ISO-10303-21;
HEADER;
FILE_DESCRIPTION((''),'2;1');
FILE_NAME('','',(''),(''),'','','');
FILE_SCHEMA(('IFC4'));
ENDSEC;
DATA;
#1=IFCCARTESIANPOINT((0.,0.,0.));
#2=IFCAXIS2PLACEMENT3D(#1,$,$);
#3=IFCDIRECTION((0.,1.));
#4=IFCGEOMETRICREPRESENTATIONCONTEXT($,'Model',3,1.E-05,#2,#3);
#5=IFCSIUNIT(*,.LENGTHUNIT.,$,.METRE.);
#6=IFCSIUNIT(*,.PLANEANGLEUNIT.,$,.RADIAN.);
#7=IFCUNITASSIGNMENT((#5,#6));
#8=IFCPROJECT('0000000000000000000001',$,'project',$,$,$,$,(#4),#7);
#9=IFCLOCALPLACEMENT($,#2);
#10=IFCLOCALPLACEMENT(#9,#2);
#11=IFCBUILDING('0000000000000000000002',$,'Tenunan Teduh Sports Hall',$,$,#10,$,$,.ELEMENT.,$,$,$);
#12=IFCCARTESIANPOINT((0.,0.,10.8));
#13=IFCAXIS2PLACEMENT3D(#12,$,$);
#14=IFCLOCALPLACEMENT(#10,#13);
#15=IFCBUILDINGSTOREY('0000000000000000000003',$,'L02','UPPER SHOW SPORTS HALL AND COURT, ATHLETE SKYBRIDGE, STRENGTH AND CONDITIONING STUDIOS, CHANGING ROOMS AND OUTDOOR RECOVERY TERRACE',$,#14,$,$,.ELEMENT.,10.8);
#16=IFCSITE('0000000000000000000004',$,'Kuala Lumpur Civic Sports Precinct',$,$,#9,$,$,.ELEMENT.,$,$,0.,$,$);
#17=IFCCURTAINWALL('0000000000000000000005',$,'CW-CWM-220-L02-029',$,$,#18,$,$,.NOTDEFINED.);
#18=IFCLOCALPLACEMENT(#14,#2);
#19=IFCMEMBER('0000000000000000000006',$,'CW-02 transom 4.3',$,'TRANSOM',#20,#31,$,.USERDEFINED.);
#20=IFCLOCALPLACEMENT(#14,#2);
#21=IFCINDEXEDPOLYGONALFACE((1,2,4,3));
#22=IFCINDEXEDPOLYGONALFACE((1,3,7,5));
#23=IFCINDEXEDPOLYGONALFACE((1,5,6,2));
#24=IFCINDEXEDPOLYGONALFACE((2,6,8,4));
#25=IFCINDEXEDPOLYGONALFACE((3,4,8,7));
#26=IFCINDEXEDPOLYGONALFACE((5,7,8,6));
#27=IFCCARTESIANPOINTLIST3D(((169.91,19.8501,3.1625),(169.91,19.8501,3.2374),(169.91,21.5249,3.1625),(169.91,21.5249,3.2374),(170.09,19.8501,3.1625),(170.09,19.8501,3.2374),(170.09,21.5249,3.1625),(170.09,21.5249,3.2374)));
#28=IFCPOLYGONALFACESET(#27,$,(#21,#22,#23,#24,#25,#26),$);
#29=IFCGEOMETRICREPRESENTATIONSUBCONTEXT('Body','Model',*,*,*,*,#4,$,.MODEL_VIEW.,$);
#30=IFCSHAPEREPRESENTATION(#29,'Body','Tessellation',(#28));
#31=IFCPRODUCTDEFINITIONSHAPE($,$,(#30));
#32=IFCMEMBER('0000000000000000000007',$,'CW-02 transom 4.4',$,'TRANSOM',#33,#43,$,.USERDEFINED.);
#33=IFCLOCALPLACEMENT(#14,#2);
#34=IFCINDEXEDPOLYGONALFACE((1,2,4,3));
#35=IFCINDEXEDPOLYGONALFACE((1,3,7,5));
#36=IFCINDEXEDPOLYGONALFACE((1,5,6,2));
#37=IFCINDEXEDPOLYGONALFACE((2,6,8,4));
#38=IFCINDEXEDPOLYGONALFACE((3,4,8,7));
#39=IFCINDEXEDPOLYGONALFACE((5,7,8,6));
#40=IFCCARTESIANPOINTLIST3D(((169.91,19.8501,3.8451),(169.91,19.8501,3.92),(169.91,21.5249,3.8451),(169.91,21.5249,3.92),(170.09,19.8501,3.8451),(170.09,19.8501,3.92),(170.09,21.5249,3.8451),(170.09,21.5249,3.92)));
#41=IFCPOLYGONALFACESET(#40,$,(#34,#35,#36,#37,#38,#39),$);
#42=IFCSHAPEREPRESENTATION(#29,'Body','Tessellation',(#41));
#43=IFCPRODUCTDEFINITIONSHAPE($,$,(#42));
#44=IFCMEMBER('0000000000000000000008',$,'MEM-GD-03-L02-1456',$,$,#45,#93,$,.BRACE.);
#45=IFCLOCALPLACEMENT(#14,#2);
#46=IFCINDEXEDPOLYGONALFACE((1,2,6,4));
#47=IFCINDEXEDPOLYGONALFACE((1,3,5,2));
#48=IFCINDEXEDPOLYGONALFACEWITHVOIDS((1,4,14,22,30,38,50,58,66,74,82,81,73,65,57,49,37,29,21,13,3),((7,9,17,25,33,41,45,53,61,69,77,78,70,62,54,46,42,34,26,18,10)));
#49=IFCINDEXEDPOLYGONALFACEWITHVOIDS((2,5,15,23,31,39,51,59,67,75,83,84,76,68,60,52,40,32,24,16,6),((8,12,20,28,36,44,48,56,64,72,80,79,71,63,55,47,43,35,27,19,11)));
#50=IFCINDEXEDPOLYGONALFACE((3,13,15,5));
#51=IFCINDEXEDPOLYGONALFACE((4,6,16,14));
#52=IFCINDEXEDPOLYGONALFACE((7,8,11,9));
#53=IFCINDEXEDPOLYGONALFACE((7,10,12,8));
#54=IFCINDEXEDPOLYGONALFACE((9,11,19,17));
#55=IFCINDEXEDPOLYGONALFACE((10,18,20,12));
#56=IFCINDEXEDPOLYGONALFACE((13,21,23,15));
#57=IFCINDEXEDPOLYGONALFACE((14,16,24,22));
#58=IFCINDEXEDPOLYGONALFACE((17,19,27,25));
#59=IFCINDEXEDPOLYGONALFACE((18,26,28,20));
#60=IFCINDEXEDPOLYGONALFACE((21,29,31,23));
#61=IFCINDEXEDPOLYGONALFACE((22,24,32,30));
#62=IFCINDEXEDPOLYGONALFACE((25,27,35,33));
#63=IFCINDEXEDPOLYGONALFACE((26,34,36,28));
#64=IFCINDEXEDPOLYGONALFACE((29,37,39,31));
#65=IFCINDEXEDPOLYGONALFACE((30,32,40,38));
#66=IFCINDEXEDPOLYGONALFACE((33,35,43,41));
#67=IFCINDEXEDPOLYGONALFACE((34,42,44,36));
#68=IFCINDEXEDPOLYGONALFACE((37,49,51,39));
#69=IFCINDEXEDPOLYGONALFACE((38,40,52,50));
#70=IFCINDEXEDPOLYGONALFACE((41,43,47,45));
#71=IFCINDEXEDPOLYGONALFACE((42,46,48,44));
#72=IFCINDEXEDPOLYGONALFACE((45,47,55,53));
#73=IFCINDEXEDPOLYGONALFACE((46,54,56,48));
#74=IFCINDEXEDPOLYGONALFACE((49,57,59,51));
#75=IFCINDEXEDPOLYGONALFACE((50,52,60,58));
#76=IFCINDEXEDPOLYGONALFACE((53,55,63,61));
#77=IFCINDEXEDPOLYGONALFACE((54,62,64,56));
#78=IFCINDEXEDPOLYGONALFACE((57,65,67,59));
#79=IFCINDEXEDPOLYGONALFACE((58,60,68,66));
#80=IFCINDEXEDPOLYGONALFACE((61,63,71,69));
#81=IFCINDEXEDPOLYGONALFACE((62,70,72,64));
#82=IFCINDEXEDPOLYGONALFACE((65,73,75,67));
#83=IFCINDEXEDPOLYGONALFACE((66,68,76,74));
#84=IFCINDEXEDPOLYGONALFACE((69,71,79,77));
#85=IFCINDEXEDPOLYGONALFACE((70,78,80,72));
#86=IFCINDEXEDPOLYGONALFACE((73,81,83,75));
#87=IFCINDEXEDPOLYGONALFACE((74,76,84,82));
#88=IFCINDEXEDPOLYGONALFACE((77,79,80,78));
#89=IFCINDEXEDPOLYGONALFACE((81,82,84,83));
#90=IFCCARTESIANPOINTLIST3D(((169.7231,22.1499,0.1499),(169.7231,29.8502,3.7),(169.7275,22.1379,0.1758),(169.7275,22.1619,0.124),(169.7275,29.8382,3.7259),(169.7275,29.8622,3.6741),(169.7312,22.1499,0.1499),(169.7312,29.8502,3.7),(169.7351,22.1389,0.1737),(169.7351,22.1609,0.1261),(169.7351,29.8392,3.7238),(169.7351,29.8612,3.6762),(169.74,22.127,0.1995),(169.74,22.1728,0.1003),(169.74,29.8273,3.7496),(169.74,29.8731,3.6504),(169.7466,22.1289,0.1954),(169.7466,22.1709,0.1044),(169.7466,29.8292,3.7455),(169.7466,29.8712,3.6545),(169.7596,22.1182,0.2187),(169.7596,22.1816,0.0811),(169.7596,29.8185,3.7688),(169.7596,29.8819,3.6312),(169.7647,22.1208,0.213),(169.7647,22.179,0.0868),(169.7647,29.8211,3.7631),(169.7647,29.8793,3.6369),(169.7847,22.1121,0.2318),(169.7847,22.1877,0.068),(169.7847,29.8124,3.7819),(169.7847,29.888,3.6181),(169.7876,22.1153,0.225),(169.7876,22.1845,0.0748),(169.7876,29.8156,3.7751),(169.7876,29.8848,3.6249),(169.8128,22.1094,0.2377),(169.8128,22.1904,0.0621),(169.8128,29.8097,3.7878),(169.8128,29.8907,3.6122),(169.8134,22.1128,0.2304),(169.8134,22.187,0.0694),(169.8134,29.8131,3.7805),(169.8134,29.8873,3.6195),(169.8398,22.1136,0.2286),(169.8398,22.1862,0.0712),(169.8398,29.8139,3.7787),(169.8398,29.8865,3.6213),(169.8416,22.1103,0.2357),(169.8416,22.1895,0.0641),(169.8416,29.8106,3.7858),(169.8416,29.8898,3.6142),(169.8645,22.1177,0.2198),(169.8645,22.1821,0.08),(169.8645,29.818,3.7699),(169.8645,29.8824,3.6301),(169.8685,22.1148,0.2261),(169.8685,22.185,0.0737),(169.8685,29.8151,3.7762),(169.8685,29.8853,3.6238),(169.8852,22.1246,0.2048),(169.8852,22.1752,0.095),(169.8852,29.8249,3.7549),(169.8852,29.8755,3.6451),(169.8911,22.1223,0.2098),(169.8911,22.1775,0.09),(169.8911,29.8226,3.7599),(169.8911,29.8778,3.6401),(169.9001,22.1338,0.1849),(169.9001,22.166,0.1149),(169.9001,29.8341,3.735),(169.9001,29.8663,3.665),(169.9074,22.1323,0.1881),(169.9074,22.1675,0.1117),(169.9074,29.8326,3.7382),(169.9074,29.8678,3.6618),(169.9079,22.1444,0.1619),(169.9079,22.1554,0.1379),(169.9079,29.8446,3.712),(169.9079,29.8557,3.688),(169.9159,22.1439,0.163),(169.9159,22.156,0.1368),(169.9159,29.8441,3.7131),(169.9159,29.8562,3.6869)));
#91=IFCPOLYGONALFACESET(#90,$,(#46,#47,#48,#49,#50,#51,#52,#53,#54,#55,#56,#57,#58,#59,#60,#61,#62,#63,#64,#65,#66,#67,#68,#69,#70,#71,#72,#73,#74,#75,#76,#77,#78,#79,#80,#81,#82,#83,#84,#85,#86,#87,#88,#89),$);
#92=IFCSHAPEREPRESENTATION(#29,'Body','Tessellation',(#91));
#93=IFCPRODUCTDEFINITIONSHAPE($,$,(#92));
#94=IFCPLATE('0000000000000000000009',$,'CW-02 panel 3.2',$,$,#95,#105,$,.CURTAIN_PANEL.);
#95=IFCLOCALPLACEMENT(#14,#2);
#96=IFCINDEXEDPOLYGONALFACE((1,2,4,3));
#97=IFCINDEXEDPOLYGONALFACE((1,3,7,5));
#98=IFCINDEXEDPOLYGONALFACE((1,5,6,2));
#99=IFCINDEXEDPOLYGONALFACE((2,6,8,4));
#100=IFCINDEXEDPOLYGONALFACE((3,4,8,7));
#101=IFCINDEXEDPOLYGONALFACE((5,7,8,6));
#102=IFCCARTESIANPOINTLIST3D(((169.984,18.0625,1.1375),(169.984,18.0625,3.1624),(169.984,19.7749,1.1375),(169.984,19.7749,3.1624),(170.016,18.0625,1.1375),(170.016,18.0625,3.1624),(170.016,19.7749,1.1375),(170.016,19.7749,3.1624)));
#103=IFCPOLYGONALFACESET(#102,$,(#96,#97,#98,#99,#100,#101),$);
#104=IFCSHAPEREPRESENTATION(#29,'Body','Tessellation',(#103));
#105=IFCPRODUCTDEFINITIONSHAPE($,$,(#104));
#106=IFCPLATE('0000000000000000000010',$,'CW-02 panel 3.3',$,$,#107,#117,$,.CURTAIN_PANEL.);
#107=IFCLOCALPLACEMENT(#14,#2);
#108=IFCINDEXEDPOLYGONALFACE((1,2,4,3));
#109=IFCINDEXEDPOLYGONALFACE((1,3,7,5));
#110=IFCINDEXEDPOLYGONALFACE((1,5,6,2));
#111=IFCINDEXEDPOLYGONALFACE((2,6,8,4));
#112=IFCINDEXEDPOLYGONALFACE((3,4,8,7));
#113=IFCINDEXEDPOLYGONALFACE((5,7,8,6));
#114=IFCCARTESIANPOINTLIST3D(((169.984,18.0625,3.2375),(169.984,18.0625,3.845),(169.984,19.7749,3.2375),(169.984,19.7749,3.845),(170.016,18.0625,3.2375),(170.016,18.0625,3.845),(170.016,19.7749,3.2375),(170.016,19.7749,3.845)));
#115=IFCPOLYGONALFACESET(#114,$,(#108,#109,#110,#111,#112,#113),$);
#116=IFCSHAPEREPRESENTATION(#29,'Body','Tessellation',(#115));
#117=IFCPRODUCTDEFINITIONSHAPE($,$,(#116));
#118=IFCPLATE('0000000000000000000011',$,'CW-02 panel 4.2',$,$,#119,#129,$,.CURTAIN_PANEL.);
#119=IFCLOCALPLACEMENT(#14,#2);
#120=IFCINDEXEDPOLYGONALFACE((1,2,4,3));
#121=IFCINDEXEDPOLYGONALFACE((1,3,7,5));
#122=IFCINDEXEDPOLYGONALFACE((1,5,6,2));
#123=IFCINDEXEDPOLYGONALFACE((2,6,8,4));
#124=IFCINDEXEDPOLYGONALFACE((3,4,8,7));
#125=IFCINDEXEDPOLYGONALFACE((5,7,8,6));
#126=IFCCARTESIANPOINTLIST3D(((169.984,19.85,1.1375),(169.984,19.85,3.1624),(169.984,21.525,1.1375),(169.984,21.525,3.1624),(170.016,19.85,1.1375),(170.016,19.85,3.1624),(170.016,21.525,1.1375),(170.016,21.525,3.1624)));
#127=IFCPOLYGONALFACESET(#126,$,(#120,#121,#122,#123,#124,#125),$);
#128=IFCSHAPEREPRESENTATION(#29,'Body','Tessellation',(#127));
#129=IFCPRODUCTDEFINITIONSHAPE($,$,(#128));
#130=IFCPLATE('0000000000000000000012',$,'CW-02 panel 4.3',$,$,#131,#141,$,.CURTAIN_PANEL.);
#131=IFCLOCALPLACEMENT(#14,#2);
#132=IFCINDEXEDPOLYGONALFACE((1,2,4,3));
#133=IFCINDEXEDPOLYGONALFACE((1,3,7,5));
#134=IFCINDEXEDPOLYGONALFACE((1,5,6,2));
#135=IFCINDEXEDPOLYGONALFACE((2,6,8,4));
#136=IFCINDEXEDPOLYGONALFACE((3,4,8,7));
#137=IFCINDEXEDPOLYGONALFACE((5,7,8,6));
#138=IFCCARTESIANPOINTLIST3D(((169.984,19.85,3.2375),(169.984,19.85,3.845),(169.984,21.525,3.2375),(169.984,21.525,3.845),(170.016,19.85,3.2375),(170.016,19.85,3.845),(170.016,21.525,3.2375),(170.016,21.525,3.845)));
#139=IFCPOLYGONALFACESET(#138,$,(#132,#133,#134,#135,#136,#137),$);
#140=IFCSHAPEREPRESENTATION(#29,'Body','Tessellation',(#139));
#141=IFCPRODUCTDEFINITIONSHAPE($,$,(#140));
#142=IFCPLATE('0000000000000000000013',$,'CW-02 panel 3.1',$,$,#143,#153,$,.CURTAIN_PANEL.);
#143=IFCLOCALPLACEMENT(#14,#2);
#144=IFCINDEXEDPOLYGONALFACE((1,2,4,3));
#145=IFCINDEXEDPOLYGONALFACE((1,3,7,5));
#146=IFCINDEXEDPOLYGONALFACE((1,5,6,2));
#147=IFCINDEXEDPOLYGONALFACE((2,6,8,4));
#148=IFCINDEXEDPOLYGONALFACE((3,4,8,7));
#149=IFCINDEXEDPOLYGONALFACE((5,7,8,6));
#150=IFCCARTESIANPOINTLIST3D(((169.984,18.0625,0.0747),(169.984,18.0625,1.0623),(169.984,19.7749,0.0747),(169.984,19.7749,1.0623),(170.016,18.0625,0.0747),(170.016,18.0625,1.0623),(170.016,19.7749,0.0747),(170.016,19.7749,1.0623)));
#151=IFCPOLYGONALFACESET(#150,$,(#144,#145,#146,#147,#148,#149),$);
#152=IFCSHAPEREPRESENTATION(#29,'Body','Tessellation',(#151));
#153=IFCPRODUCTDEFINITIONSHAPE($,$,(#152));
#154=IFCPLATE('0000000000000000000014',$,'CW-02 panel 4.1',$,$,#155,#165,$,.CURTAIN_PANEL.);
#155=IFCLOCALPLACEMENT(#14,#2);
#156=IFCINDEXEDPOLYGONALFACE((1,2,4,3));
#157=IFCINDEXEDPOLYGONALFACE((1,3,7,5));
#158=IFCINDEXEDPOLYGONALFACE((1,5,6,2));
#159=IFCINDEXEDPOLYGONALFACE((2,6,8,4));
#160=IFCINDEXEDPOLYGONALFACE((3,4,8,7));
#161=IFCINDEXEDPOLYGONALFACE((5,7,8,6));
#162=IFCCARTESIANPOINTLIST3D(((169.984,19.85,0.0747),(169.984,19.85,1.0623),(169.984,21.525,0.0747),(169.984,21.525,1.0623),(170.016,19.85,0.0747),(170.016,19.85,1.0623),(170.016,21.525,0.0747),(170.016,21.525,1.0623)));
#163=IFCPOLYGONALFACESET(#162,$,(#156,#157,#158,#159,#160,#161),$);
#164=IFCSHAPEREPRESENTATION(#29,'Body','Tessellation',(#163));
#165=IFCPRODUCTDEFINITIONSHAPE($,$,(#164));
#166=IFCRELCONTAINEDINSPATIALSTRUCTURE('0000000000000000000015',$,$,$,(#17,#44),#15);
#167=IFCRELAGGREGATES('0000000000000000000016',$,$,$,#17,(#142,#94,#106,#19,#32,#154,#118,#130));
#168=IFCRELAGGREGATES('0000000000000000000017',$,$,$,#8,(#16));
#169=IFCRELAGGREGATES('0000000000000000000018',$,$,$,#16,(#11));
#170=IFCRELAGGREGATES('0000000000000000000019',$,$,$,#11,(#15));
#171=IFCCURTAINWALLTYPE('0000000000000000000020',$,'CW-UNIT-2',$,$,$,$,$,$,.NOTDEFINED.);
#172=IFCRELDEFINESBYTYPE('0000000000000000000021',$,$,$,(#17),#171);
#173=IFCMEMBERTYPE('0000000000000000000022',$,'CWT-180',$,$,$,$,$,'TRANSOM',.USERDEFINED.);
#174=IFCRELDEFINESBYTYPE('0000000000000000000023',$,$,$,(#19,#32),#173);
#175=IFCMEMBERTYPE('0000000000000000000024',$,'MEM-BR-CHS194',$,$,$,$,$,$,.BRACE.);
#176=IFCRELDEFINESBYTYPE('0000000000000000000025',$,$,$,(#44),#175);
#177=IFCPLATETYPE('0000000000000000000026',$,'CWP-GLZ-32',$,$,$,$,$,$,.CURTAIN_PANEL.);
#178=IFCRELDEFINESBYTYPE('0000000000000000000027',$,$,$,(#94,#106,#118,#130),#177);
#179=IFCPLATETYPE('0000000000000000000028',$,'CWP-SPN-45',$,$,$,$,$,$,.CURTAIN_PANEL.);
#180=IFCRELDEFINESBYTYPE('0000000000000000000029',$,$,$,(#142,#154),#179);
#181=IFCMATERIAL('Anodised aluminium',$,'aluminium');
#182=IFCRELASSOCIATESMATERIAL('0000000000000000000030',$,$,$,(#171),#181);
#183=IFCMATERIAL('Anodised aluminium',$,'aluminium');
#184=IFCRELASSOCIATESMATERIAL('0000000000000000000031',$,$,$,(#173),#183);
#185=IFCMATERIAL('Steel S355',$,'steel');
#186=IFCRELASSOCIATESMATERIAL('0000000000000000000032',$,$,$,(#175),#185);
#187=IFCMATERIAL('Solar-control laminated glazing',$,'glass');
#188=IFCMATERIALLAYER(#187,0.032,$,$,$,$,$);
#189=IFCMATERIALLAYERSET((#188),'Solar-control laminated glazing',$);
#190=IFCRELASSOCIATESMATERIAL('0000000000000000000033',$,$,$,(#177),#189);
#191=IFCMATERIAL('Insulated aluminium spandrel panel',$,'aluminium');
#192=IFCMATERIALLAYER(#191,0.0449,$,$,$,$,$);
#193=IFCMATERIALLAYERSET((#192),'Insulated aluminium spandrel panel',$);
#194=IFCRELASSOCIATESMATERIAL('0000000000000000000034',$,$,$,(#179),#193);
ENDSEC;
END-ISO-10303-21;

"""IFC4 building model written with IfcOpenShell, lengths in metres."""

from ifc_helpers import new_model, si_unit, direction, frame, origin, origin_2d, place, context, subcontext, project, spatial, rectangle, hollow_circle, extrude, material, layer, layer_set, material_profile, profile_set, type_object, element, aggregate, save


model = new_model("IFC4")

# Units and contexts
model_context = context("Model", 3, precision=1e-05, world=origin(), true_north=direction((0.0, 1.0)))
body_context = subcontext(model_context, "Body", "Model", "MODEL_VIEW")
ifc_project = project(units=[si_unit("LENGTHUNIT", "METRE"), si_unit("PLANEANGLEUNIT", "RADIAN")], contexts=[model_context])

# Site, building, storey
site_placement = place(None, origin())
site = spatial("IfcSite", under=ifc_project, at=site_placement, Name="Kuala Lumpur Civic Sports Precinct", CompositionType="ELEMENT", RefElevation=0.0)
building_placement = place(site_placement, origin())
building = spatial("IfcBuilding", under=site, at=building_placement, Name="Tenunan Teduh Sports Hall", CompositionType="ELEMENT")
storey_placement = place(building_placement, frame((0.0, 0.0, 10.8)))
storey = spatial("IfcBuildingStorey", under=building, at=storey_placement, Name="L02", Description="UPPER SHOW SPORTS HALL AND COURT, ATHLETE SKYBRIDGE, STRENGTH AND CONDITIONING STUDIOS, CHANGING ROOMS AND OUTDOOR RECOVERY TERRACE", CompositionType="ELEMENT", Elevation=10.8)

# Shared definitions
ifc_material_1 = material(Name="Anodised aluminium", Category="aluminium")
curtain_wall_type = type_object("IfcCurtainWallType", Name="CW-UNIT-2", PredefinedType="NOTDEFINED", material=ifc_material_1)

# Curtain wall
curtain_wall_1_placement = place(storey_placement, origin())
curtain_wall_1 = element("IfcCurtainWall", 1, at=curtain_wall_1_placement, inside=storey, type_object=curtain_wall_type, Name="CW-CWM-220-L02-029", PredefinedType="NOTDEFINED")

# Members
ifc_material_2 = material(Name="Anodised aluminium", Category="aluminium")
ifc_material_profile_1 = material_profile(ifc_material_2, rectangle(XDim=0.075, YDim=0.1799, at=origin_2d()), Name="CWT 75x180")
ifc_profile_set_1 = profile_set([ifc_material_profile_1], Name="Anodised aluminium")
member_type_1 = type_object("IfcMemberType", Name="CWT-180", ElementType="TRANSOM", PredefinedType="USERDEFINED", material=ifc_profile_set_1)
member_1_placement = place(storey_placement, frame((170.0, 19.8501, 3.2), z_axis=(0.0, 1.0, 0.0), x_axis=(0.0, 0.0, 1.0)))
member_1 = element("IfcMember", 2, at=member_1_placement, type_object=member_type_1, Name="CW-02 transom 4.3", ObjectType="TRANSOM", PredefinedType="USERDEFINED", context=body_context, shape_type="SweptSolid", body=[
    extrude(rectangle(XDim=0.075, YDim=0.1799, at=origin_2d()), origin(), (0.0, 0.0, 1.0), 1.6748),
])
member_2_placement = place(storey_placement, frame((170.0, 19.8501, 3.8826), z_axis=(0.0, 1.0, 0.0), x_axis=(0.0, 0.0, 1.0)))
member_2 = element("IfcMember", 3, at=member_2_placement, type_object=member_type_1, Name="CW-02 transom 4.4", ObjectType="TRANSOM", PredefinedType="USERDEFINED", context=body_context, shape_type="SweptSolid", body=[
    extrude(rectangle(XDim=0.075, YDim=0.1799, at=origin_2d()), origin(), (0.0, 0.0, 1.0), 1.6748),
])
ifc_material_3 = material(Name="Steel S355", Category="steel")
ifc_material_profile_2 = material_profile(ifc_material_3, hollow_circle(Radius=0.0969, WallThickness=0.0081, at=origin_2d()), Name="CHS 193.7x8.0")
ifc_profile_set_2 = profile_set([ifc_material_profile_2], Name="Steel S355")
member_type_2 = type_object("IfcMemberType", Name="MEM-BR-CHS194", PredefinedType="BRACE", material=ifc_profile_set_2)
member_3_placement = place(storey_placement, frame((169.8201, 22.1499, 0.1499), z_axis=(0.0, 0.908134, 0.41868), x_axis=(-1.0, 0.0, 0.0)))
element("IfcMember", 4, at=member_3_placement, inside=storey, type_object=member_type_2, Name="MEM-GD-03-L02-1456", PredefinedType="BRACE", context=body_context, shape_type="SweptSolid", body=[
    extrude(hollow_circle(Radius=0.0969, WallThickness=0.0081, at=origin_2d()), origin(), (0.0, 0.0, 1.0), 8.4792),
])

# Plates
ifc_material_4 = material(Name="Solar-control laminated glazing", Category="glass")
ifc_layer_1 = layer(ifc_material_4, 0.032)
ifc_layer_set_1 = layer_set([ifc_layer_1], Name="Solar-control laminated glazing")
plate_type_1 = type_object("IfcPlateType", Name="CWP-GLZ-32", PredefinedType="CURTAIN_PANEL", material=ifc_layer_set_1)
plate_1_placement = place(storey_placement, frame((170.0, 18.9187, 1.1375), z_axis=(0.0, 0.0, 1.0), x_axis=(0.0, 1.0, 0.0)))
plate_1 = element("IfcPlate", 5, at=plate_1_placement, type_object=plate_type_1, Name="CW-02 panel 3.2", PredefinedType="CURTAIN_PANEL", context=body_context, shape_type="SweptSolid", body=[
    extrude(rectangle(XDim=1.7124, YDim=0.032, at=origin_2d()), origin(), (0.0, 0.0, 1.0), 2.0249),
])
plate_2_placement = place(storey_placement, frame((170.0, 18.9187, 3.2375), z_axis=(0.0, 0.0, 1.0), x_axis=(0.0, 1.0, 0.0)))
plate_2 = element("IfcPlate", 6, at=plate_2_placement, type_object=plate_type_1, Name="CW-02 panel 3.3", PredefinedType="CURTAIN_PANEL", context=body_context, shape_type="SweptSolid", body=[
    extrude(rectangle(XDim=1.7124, YDim=0.032, at=origin_2d()), origin(), (0.0, 0.0, 1.0), 0.6074),
])
plate_3_placement = place(storey_placement, frame((170.0, 20.6875, 1.1375), z_axis=(0.0, 0.0, 1.0), x_axis=(0.0, 1.0, 0.0)))
plate_3 = element("IfcPlate", 7, at=plate_3_placement, type_object=plate_type_1, Name="CW-02 panel 4.2", PredefinedType="CURTAIN_PANEL", context=body_context, shape_type="SweptSolid", body=[
    extrude(rectangle(XDim=1.675, YDim=0.032, at=origin_2d()), origin(), (0.0, 0.0, 1.0), 2.0249),
])
plate_4_placement = place(storey_placement, frame((170.0, 20.6875, 3.2375), z_axis=(0.0, 0.0, 1.0), x_axis=(0.0, 1.0, 0.0)))
plate_4 = element("IfcPlate", 8, at=plate_4_placement, type_object=plate_type_1, Name="CW-02 panel 4.3", PredefinedType="CURTAIN_PANEL", context=body_context, shape_type="SweptSolid", body=[
    extrude(rectangle(XDim=1.675, YDim=0.032, at=origin_2d()), origin(), (0.0, 0.0, 1.0), 0.6074),
])
ifc_material_5 = material(Name="Insulated aluminium spandrel panel", Category="aluminium")
ifc_layer_2 = layer(ifc_material_5, 0.0449)
ifc_layer_set_2 = layer_set([ifc_layer_2], Name="Insulated aluminium spandrel panel")
plate_type_2 = type_object("IfcPlateType", Name="CWP-SPN-45", PredefinedType="CURTAIN_PANEL", material=ifc_layer_set_2)
plate_5_placement = place(storey_placement, frame((170.0, 18.9187, 0.0747), z_axis=(0.0, 0.0, 1.0), x_axis=(0.0, 1.0, 0.0)))
plate_5 = element("IfcPlate", 9, at=plate_5_placement, type_object=plate_type_2, Name="CW-02 panel 3.1", PredefinedType="CURTAIN_PANEL", context=body_context, shape_type="SweptSolid", body=[
    extrude(rectangle(XDim=1.7124, YDim=0.032, at=origin_2d()), origin(), (0.0, 0.0, 1.0), 0.9875),
])
plate_6_placement = place(storey_placement, frame((170.0, 20.6875, 0.0747), z_axis=(0.0, 0.0, 1.0), x_axis=(0.0, 1.0, 0.0)))
plate_6 = element("IfcPlate", 10, at=plate_6_placement, type_object=plate_type_2, Name="CW-02 panel 4.1", PredefinedType="CURTAIN_PANEL", context=body_context, shape_type="SweptSolid", body=[
    extrude(rectangle(XDim=1.675, YDim=0.032, at=origin_2d()), origin(), (0.0, 0.0, 1.0), 0.9875),
])
aggregate(curtain_wall_1, [plate_5, plate_1, plate_2, member_1, member_2, plate_6, plate_3, plate_4])

save(model, "model.ifc")
